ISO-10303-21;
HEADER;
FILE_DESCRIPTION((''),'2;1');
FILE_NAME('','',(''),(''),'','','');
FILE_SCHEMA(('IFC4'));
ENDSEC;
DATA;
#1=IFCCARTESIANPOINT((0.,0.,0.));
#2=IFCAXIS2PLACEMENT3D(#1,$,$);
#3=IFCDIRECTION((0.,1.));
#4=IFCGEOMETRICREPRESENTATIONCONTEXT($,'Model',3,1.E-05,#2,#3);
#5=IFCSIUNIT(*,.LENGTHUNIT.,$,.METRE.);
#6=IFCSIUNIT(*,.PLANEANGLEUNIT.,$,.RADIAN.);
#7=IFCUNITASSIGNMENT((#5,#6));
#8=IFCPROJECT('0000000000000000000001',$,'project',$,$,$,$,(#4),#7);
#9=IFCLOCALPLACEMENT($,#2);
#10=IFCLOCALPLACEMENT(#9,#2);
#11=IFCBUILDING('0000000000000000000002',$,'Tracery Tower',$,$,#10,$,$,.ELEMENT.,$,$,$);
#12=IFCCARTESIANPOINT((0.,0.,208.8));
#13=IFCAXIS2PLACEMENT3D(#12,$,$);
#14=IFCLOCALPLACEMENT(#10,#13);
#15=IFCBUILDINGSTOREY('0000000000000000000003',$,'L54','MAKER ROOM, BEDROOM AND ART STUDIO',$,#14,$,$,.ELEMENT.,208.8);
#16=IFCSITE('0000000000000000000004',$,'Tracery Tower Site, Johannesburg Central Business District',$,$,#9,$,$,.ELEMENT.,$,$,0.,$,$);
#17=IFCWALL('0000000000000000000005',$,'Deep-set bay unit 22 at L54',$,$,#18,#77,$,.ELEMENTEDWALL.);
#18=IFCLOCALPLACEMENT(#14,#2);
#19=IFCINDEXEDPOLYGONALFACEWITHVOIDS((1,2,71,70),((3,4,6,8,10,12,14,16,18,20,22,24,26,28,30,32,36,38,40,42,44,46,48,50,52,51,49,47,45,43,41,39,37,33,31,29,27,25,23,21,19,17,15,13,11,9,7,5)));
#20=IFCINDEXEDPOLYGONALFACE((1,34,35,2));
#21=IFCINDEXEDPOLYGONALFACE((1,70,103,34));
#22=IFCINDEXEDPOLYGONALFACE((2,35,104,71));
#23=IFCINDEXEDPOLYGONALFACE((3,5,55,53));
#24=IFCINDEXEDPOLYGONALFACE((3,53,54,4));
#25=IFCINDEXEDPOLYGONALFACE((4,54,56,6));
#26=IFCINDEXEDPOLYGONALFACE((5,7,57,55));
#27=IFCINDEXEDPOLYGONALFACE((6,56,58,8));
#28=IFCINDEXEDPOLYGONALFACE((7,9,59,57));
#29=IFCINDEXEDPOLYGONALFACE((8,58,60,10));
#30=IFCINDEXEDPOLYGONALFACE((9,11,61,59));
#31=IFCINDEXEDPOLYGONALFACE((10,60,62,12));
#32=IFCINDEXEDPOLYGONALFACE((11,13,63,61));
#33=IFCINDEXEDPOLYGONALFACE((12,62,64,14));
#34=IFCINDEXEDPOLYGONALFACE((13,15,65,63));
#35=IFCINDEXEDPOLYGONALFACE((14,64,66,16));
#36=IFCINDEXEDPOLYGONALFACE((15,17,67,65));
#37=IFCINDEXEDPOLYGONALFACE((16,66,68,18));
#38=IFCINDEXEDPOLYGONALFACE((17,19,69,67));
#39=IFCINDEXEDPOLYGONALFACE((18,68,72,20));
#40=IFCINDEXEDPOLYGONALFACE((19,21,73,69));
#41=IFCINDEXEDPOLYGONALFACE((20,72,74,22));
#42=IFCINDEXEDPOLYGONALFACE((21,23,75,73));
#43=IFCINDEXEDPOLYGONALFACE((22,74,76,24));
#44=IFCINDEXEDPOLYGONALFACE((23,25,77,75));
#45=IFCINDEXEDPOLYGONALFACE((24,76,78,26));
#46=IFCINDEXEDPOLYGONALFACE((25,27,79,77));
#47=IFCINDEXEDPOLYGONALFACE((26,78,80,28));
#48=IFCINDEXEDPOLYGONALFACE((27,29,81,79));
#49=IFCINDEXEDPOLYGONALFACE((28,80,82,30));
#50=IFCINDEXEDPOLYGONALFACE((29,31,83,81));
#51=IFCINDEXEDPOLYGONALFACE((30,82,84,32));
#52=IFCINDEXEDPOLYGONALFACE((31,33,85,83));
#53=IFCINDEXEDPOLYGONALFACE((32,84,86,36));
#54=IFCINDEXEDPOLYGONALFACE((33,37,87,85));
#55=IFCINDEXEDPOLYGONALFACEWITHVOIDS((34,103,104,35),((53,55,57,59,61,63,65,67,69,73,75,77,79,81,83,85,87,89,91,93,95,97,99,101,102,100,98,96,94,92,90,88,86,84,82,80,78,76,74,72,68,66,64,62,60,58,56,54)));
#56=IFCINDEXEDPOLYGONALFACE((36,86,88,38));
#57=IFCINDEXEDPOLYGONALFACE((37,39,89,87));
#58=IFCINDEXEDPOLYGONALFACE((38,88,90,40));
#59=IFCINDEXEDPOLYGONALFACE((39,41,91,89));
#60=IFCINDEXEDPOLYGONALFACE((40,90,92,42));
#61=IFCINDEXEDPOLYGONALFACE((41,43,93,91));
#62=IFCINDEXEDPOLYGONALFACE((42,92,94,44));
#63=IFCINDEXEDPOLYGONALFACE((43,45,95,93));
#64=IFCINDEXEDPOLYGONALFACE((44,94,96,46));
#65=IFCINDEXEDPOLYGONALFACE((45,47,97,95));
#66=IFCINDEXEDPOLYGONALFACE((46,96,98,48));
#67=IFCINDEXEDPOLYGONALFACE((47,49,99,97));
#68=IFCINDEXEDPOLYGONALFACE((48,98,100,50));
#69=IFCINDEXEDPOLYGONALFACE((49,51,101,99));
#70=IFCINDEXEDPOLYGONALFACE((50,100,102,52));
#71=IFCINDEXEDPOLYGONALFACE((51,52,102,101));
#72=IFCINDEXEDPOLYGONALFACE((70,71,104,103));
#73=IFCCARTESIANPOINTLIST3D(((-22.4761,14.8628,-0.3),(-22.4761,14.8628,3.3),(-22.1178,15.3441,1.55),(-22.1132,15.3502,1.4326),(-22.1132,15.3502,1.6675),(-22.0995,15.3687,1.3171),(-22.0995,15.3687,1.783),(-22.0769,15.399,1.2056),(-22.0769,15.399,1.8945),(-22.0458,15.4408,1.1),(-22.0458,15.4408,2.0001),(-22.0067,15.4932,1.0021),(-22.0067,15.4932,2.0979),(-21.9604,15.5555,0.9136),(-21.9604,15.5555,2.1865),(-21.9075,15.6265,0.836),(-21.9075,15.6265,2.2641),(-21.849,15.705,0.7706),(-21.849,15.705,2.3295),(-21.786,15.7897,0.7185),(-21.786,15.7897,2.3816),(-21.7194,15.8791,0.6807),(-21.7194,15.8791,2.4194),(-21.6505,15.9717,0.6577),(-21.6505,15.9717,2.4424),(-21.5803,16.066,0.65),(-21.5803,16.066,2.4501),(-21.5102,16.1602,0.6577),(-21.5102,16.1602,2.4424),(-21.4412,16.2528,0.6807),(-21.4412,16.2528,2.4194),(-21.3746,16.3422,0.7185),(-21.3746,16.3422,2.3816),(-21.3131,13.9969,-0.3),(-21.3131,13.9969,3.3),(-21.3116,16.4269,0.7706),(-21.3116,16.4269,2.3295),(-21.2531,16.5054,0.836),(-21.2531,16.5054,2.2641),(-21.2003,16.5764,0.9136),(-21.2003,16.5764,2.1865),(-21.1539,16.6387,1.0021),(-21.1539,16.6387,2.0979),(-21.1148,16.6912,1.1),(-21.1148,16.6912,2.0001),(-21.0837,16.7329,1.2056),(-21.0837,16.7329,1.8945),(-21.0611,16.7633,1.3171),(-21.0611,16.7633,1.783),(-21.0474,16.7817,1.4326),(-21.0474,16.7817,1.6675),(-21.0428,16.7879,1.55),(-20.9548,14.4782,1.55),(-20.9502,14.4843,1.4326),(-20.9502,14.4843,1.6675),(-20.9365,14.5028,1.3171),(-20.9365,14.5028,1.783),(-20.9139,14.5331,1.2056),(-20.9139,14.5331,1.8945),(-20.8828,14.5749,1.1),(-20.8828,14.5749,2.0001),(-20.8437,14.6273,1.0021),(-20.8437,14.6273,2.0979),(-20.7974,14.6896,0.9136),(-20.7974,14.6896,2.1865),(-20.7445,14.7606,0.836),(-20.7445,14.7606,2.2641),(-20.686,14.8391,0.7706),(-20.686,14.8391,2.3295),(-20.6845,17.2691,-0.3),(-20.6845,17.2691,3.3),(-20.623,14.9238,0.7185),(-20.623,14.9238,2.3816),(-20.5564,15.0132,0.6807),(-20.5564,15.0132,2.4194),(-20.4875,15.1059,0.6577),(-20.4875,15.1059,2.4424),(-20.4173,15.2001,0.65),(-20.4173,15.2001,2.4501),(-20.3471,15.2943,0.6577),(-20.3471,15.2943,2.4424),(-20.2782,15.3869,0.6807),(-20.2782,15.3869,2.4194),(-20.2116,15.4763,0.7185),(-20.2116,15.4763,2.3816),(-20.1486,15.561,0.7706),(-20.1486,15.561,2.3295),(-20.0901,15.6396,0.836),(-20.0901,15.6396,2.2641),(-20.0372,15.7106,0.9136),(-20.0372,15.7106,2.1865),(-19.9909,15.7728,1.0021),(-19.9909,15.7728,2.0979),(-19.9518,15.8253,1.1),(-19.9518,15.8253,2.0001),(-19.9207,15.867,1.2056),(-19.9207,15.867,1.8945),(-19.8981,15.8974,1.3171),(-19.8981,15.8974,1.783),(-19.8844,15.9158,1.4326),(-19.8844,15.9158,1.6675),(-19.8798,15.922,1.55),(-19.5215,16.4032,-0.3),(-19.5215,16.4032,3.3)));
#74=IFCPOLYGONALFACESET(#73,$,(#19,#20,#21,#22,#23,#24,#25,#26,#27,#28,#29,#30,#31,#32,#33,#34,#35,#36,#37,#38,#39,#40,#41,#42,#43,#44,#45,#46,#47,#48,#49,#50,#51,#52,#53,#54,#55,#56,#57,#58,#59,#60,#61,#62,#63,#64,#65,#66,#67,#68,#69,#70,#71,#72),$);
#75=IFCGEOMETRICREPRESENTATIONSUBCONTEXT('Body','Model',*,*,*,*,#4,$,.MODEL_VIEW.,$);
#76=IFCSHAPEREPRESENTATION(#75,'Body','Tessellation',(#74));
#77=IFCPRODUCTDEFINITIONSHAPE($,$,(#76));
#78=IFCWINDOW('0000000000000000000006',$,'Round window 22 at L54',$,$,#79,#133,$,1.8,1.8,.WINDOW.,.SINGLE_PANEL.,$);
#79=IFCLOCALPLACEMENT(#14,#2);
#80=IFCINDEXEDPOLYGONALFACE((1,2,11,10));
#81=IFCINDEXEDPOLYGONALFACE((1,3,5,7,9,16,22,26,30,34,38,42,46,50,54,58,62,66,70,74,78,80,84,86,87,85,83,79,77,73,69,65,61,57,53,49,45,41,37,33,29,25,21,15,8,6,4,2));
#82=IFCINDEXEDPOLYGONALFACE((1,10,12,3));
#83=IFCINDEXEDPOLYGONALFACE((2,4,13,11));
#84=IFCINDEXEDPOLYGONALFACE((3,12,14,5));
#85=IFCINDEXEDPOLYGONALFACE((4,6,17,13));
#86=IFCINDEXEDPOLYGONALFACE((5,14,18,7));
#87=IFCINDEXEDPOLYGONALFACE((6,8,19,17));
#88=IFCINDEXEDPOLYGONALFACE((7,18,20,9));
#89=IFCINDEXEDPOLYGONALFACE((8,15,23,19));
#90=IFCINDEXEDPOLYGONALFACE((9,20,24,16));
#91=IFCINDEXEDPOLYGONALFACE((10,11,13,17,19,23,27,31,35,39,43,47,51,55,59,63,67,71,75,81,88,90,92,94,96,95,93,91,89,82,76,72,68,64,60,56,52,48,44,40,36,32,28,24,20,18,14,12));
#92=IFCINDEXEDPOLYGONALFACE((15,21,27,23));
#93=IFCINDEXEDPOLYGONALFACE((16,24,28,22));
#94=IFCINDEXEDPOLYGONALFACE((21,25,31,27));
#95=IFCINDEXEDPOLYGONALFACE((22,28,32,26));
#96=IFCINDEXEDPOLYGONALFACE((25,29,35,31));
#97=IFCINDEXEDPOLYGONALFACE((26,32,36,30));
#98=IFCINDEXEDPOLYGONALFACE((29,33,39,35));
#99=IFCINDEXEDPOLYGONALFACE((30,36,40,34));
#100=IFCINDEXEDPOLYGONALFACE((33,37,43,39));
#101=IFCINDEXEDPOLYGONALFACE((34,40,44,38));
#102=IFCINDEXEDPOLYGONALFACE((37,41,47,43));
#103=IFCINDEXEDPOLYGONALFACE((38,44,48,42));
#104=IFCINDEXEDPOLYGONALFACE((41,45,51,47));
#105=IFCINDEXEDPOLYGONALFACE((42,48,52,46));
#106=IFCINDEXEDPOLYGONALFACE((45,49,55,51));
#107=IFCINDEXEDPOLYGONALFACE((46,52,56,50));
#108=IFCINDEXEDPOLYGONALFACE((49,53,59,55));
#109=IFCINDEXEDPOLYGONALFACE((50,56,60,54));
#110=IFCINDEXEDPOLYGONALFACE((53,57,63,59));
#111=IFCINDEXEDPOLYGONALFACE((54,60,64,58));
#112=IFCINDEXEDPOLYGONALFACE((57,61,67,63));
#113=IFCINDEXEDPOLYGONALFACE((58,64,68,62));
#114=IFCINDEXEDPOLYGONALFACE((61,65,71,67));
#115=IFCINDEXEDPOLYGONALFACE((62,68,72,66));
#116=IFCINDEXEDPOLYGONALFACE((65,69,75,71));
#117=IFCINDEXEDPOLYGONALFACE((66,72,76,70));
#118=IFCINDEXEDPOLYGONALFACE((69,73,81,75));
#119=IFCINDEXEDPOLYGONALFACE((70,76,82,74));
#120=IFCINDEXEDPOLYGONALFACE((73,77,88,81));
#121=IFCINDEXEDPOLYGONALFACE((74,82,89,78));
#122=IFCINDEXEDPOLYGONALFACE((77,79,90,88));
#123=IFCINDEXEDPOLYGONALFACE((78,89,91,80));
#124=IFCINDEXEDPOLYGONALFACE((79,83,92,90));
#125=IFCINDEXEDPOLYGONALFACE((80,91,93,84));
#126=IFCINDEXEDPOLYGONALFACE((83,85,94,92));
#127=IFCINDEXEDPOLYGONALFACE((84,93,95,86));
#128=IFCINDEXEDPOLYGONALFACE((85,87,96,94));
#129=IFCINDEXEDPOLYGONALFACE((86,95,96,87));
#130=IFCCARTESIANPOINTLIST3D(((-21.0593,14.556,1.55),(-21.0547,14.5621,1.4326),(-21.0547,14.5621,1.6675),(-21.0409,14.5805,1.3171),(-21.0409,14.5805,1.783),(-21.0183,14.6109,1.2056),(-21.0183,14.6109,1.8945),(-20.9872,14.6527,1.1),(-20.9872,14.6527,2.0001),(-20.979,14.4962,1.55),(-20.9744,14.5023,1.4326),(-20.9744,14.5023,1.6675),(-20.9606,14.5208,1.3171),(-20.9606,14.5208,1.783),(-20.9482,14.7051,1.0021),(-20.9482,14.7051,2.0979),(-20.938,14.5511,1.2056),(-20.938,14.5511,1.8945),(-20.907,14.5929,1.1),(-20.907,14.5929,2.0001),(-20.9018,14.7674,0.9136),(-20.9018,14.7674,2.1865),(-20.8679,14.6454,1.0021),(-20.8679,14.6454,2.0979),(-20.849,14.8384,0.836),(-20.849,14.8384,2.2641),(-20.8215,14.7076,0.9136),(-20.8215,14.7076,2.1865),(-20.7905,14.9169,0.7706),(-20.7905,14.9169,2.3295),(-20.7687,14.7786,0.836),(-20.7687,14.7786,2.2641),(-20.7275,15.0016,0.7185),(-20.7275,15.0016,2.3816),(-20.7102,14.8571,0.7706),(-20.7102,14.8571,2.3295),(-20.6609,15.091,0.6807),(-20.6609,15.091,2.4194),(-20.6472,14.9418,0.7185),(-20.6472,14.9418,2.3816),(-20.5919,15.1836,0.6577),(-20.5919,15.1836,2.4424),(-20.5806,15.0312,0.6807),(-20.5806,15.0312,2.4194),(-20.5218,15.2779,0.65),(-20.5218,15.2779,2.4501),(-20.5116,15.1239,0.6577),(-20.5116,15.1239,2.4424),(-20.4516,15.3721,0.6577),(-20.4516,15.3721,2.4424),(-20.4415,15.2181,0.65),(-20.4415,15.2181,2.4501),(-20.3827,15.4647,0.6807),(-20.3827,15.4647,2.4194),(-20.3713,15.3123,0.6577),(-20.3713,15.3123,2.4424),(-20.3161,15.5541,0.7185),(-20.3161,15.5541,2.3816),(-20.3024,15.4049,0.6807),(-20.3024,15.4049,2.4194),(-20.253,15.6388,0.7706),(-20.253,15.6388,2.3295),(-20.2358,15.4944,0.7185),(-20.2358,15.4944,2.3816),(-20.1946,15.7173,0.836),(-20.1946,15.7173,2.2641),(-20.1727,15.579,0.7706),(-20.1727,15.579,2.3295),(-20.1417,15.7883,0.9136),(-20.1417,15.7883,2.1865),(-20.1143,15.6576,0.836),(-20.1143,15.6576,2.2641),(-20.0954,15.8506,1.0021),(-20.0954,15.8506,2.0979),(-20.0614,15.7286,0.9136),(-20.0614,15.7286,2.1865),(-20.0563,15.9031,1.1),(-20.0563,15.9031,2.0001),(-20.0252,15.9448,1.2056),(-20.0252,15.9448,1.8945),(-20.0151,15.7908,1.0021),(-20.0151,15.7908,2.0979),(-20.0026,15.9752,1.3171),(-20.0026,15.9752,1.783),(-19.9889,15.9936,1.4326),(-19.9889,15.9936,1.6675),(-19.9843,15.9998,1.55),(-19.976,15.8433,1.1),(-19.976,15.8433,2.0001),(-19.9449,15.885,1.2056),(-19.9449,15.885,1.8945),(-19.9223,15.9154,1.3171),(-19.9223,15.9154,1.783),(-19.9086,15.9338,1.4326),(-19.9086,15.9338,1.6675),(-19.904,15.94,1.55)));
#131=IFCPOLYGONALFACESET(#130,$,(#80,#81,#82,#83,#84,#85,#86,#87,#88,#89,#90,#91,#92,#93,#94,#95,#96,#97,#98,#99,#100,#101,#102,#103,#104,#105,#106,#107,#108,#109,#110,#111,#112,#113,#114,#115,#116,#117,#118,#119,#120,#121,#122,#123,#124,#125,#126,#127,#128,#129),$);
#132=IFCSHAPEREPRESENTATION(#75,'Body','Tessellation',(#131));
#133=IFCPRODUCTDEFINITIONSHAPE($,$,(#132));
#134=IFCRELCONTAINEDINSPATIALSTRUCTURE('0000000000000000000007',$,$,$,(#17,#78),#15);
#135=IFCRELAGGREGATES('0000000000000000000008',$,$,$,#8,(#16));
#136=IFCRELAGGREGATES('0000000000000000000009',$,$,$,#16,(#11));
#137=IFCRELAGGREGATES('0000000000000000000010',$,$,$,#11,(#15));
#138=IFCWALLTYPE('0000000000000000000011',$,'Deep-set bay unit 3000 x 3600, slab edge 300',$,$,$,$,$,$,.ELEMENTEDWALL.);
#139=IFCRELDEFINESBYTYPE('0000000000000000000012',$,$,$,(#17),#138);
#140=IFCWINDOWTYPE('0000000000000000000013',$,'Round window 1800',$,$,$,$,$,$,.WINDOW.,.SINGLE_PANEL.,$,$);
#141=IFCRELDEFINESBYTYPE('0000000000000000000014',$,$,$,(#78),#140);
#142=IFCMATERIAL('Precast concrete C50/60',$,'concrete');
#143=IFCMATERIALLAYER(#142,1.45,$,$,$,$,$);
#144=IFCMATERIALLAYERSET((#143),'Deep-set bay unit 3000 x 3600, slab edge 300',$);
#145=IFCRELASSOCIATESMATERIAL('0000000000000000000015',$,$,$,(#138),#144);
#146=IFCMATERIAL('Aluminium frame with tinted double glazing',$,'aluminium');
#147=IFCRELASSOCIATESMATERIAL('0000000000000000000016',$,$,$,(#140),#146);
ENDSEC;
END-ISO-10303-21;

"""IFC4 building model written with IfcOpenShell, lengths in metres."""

from ifc_helpers import new_model, si_unit, direction, frame, frame_2d, origin, origin_2d, place, context, subcontext, project, spatial, rectangle, circle, extrude, material, layer, layer_set, type_object, element, fill, save


model = new_model("IFC4")

# Units and contexts
model_context = context("Model", 3, precision=1e-05, world=origin(), true_north=direction((0.0, 1.0)))
body_context = subcontext(model_context, "Body", "Model", "MODEL_VIEW")
ifc_project = project(units=[si_unit("LENGTHUNIT", "METRE"), si_unit("PLANEANGLEUNIT", "RADIAN")], contexts=[model_context])

# Site, building, storey
site_placement = place(None, origin())
site = spatial("IfcSite", under=ifc_project, at=site_placement, Name="Tracery Tower Site, Johannesburg Central Business District", CompositionType="ELEMENT", RefElevation=0.0)
building_placement = place(site_placement, origin())
building = spatial("IfcBuilding", under=site, at=building_placement, Name="Tracery Tower", CompositionType="ELEMENT")
storey_placement = place(building_placement, frame((0.0, 0.0, 208.8)))
storey = spatial("IfcBuildingStorey", under=building, at=storey_placement, Name="L54", Description="MAKER ROOM, BEDROOM AND ART STUDIO", CompositionType="ELEMENT", Elevation=208.8)

# Wall, opening, window
ifc_material_1 = material(Name="Precast concrete C50/60", Category="concrete")
ifc_layer_1 = layer(ifc_material_1, 1.45)
ifc_layer_set_1 = layer_set([ifc_layer_1], Name="Deep-set bay unit 3000 x 3600, slab edge 300")
wall_type_1 = type_object("IfcWallType", Name="Deep-set bay unit 3000 x 3600, slab edge 300", PredefinedType="ELEMENTEDWALL", material=ifc_layer_set_1)
ifc_material_2 = material(Name="Aluminium frame with tinted double glazing", Category="aluminium")
window_type = type_object("IfcWindowType", Name="Round window 1800", PartitioningType="SINGLE_PANEL", PredefinedType="WINDOW", material=ifc_material_2)
wall_1_placement = place(storey_placement, frame((-20.103, 16.8362, -0.3), z_axis=(0.0, 0.0, 1.0), x_axis=(-0.597184, -0.802104, 0.0)))
wall_1 = element("IfcWall", 1, at=wall_1_placement, inside=storey, type_object=wall_type_1, Name="Deep-set bay unit 22 at L54", PredefinedType="ELEMENTEDWALL", context=body_context, shape_type="SweptSolid", body=[
    extrude(rectangle(XDim=3.0, YDim=1.45, at=frame_2d((1.5, 0.0))), origin(), (0.0, 0.0, 1.0), 3.6001),
])
opening_1_placement = place(wall_1_placement, frame((1.5, 0.0, 1.8501)))
opening_1 = element("IfcOpeningElement", 2, at=opening_1_placement, cuts=wall_1, PredefinedType="OPENING", context=body_context, shape_type="SweptSolid", body=[
    extrude(circle(Radius=0.9, at=origin_2d()), frame((0.0, 0.7349, 0.0), z_axis=(0.0, -1.0, 0.0), x_axis=(1.0, 0.0, 0.0)), (0.0, 0.0, 1.0), 1.47),
])
window_1_placement = place(opening_1_placement, origin())
window_1 = element("IfcWindow", 3, at=window_1_placement, inside=storey, type_object=window_type, Name="Round window 22 at L54", OverallHeight=1.8, OverallWidth=1.8, PartitioningType="SINGLE_PANEL", PredefinedType="WINDOW", context=body_context, shape_type="SweptSolid", body=[
    extrude(circle(Radius=0.9, at=origin_2d()), frame((0.0, 0.6948, 0.0), z_axis=(0.0, -1.0, 0.0), x_axis=(1.0, 0.0, 0.0)), (0.0, 0.0, 1.0), 0.1001),
])
fill(opening_1, window_1)

save(model, "model.ifc")
